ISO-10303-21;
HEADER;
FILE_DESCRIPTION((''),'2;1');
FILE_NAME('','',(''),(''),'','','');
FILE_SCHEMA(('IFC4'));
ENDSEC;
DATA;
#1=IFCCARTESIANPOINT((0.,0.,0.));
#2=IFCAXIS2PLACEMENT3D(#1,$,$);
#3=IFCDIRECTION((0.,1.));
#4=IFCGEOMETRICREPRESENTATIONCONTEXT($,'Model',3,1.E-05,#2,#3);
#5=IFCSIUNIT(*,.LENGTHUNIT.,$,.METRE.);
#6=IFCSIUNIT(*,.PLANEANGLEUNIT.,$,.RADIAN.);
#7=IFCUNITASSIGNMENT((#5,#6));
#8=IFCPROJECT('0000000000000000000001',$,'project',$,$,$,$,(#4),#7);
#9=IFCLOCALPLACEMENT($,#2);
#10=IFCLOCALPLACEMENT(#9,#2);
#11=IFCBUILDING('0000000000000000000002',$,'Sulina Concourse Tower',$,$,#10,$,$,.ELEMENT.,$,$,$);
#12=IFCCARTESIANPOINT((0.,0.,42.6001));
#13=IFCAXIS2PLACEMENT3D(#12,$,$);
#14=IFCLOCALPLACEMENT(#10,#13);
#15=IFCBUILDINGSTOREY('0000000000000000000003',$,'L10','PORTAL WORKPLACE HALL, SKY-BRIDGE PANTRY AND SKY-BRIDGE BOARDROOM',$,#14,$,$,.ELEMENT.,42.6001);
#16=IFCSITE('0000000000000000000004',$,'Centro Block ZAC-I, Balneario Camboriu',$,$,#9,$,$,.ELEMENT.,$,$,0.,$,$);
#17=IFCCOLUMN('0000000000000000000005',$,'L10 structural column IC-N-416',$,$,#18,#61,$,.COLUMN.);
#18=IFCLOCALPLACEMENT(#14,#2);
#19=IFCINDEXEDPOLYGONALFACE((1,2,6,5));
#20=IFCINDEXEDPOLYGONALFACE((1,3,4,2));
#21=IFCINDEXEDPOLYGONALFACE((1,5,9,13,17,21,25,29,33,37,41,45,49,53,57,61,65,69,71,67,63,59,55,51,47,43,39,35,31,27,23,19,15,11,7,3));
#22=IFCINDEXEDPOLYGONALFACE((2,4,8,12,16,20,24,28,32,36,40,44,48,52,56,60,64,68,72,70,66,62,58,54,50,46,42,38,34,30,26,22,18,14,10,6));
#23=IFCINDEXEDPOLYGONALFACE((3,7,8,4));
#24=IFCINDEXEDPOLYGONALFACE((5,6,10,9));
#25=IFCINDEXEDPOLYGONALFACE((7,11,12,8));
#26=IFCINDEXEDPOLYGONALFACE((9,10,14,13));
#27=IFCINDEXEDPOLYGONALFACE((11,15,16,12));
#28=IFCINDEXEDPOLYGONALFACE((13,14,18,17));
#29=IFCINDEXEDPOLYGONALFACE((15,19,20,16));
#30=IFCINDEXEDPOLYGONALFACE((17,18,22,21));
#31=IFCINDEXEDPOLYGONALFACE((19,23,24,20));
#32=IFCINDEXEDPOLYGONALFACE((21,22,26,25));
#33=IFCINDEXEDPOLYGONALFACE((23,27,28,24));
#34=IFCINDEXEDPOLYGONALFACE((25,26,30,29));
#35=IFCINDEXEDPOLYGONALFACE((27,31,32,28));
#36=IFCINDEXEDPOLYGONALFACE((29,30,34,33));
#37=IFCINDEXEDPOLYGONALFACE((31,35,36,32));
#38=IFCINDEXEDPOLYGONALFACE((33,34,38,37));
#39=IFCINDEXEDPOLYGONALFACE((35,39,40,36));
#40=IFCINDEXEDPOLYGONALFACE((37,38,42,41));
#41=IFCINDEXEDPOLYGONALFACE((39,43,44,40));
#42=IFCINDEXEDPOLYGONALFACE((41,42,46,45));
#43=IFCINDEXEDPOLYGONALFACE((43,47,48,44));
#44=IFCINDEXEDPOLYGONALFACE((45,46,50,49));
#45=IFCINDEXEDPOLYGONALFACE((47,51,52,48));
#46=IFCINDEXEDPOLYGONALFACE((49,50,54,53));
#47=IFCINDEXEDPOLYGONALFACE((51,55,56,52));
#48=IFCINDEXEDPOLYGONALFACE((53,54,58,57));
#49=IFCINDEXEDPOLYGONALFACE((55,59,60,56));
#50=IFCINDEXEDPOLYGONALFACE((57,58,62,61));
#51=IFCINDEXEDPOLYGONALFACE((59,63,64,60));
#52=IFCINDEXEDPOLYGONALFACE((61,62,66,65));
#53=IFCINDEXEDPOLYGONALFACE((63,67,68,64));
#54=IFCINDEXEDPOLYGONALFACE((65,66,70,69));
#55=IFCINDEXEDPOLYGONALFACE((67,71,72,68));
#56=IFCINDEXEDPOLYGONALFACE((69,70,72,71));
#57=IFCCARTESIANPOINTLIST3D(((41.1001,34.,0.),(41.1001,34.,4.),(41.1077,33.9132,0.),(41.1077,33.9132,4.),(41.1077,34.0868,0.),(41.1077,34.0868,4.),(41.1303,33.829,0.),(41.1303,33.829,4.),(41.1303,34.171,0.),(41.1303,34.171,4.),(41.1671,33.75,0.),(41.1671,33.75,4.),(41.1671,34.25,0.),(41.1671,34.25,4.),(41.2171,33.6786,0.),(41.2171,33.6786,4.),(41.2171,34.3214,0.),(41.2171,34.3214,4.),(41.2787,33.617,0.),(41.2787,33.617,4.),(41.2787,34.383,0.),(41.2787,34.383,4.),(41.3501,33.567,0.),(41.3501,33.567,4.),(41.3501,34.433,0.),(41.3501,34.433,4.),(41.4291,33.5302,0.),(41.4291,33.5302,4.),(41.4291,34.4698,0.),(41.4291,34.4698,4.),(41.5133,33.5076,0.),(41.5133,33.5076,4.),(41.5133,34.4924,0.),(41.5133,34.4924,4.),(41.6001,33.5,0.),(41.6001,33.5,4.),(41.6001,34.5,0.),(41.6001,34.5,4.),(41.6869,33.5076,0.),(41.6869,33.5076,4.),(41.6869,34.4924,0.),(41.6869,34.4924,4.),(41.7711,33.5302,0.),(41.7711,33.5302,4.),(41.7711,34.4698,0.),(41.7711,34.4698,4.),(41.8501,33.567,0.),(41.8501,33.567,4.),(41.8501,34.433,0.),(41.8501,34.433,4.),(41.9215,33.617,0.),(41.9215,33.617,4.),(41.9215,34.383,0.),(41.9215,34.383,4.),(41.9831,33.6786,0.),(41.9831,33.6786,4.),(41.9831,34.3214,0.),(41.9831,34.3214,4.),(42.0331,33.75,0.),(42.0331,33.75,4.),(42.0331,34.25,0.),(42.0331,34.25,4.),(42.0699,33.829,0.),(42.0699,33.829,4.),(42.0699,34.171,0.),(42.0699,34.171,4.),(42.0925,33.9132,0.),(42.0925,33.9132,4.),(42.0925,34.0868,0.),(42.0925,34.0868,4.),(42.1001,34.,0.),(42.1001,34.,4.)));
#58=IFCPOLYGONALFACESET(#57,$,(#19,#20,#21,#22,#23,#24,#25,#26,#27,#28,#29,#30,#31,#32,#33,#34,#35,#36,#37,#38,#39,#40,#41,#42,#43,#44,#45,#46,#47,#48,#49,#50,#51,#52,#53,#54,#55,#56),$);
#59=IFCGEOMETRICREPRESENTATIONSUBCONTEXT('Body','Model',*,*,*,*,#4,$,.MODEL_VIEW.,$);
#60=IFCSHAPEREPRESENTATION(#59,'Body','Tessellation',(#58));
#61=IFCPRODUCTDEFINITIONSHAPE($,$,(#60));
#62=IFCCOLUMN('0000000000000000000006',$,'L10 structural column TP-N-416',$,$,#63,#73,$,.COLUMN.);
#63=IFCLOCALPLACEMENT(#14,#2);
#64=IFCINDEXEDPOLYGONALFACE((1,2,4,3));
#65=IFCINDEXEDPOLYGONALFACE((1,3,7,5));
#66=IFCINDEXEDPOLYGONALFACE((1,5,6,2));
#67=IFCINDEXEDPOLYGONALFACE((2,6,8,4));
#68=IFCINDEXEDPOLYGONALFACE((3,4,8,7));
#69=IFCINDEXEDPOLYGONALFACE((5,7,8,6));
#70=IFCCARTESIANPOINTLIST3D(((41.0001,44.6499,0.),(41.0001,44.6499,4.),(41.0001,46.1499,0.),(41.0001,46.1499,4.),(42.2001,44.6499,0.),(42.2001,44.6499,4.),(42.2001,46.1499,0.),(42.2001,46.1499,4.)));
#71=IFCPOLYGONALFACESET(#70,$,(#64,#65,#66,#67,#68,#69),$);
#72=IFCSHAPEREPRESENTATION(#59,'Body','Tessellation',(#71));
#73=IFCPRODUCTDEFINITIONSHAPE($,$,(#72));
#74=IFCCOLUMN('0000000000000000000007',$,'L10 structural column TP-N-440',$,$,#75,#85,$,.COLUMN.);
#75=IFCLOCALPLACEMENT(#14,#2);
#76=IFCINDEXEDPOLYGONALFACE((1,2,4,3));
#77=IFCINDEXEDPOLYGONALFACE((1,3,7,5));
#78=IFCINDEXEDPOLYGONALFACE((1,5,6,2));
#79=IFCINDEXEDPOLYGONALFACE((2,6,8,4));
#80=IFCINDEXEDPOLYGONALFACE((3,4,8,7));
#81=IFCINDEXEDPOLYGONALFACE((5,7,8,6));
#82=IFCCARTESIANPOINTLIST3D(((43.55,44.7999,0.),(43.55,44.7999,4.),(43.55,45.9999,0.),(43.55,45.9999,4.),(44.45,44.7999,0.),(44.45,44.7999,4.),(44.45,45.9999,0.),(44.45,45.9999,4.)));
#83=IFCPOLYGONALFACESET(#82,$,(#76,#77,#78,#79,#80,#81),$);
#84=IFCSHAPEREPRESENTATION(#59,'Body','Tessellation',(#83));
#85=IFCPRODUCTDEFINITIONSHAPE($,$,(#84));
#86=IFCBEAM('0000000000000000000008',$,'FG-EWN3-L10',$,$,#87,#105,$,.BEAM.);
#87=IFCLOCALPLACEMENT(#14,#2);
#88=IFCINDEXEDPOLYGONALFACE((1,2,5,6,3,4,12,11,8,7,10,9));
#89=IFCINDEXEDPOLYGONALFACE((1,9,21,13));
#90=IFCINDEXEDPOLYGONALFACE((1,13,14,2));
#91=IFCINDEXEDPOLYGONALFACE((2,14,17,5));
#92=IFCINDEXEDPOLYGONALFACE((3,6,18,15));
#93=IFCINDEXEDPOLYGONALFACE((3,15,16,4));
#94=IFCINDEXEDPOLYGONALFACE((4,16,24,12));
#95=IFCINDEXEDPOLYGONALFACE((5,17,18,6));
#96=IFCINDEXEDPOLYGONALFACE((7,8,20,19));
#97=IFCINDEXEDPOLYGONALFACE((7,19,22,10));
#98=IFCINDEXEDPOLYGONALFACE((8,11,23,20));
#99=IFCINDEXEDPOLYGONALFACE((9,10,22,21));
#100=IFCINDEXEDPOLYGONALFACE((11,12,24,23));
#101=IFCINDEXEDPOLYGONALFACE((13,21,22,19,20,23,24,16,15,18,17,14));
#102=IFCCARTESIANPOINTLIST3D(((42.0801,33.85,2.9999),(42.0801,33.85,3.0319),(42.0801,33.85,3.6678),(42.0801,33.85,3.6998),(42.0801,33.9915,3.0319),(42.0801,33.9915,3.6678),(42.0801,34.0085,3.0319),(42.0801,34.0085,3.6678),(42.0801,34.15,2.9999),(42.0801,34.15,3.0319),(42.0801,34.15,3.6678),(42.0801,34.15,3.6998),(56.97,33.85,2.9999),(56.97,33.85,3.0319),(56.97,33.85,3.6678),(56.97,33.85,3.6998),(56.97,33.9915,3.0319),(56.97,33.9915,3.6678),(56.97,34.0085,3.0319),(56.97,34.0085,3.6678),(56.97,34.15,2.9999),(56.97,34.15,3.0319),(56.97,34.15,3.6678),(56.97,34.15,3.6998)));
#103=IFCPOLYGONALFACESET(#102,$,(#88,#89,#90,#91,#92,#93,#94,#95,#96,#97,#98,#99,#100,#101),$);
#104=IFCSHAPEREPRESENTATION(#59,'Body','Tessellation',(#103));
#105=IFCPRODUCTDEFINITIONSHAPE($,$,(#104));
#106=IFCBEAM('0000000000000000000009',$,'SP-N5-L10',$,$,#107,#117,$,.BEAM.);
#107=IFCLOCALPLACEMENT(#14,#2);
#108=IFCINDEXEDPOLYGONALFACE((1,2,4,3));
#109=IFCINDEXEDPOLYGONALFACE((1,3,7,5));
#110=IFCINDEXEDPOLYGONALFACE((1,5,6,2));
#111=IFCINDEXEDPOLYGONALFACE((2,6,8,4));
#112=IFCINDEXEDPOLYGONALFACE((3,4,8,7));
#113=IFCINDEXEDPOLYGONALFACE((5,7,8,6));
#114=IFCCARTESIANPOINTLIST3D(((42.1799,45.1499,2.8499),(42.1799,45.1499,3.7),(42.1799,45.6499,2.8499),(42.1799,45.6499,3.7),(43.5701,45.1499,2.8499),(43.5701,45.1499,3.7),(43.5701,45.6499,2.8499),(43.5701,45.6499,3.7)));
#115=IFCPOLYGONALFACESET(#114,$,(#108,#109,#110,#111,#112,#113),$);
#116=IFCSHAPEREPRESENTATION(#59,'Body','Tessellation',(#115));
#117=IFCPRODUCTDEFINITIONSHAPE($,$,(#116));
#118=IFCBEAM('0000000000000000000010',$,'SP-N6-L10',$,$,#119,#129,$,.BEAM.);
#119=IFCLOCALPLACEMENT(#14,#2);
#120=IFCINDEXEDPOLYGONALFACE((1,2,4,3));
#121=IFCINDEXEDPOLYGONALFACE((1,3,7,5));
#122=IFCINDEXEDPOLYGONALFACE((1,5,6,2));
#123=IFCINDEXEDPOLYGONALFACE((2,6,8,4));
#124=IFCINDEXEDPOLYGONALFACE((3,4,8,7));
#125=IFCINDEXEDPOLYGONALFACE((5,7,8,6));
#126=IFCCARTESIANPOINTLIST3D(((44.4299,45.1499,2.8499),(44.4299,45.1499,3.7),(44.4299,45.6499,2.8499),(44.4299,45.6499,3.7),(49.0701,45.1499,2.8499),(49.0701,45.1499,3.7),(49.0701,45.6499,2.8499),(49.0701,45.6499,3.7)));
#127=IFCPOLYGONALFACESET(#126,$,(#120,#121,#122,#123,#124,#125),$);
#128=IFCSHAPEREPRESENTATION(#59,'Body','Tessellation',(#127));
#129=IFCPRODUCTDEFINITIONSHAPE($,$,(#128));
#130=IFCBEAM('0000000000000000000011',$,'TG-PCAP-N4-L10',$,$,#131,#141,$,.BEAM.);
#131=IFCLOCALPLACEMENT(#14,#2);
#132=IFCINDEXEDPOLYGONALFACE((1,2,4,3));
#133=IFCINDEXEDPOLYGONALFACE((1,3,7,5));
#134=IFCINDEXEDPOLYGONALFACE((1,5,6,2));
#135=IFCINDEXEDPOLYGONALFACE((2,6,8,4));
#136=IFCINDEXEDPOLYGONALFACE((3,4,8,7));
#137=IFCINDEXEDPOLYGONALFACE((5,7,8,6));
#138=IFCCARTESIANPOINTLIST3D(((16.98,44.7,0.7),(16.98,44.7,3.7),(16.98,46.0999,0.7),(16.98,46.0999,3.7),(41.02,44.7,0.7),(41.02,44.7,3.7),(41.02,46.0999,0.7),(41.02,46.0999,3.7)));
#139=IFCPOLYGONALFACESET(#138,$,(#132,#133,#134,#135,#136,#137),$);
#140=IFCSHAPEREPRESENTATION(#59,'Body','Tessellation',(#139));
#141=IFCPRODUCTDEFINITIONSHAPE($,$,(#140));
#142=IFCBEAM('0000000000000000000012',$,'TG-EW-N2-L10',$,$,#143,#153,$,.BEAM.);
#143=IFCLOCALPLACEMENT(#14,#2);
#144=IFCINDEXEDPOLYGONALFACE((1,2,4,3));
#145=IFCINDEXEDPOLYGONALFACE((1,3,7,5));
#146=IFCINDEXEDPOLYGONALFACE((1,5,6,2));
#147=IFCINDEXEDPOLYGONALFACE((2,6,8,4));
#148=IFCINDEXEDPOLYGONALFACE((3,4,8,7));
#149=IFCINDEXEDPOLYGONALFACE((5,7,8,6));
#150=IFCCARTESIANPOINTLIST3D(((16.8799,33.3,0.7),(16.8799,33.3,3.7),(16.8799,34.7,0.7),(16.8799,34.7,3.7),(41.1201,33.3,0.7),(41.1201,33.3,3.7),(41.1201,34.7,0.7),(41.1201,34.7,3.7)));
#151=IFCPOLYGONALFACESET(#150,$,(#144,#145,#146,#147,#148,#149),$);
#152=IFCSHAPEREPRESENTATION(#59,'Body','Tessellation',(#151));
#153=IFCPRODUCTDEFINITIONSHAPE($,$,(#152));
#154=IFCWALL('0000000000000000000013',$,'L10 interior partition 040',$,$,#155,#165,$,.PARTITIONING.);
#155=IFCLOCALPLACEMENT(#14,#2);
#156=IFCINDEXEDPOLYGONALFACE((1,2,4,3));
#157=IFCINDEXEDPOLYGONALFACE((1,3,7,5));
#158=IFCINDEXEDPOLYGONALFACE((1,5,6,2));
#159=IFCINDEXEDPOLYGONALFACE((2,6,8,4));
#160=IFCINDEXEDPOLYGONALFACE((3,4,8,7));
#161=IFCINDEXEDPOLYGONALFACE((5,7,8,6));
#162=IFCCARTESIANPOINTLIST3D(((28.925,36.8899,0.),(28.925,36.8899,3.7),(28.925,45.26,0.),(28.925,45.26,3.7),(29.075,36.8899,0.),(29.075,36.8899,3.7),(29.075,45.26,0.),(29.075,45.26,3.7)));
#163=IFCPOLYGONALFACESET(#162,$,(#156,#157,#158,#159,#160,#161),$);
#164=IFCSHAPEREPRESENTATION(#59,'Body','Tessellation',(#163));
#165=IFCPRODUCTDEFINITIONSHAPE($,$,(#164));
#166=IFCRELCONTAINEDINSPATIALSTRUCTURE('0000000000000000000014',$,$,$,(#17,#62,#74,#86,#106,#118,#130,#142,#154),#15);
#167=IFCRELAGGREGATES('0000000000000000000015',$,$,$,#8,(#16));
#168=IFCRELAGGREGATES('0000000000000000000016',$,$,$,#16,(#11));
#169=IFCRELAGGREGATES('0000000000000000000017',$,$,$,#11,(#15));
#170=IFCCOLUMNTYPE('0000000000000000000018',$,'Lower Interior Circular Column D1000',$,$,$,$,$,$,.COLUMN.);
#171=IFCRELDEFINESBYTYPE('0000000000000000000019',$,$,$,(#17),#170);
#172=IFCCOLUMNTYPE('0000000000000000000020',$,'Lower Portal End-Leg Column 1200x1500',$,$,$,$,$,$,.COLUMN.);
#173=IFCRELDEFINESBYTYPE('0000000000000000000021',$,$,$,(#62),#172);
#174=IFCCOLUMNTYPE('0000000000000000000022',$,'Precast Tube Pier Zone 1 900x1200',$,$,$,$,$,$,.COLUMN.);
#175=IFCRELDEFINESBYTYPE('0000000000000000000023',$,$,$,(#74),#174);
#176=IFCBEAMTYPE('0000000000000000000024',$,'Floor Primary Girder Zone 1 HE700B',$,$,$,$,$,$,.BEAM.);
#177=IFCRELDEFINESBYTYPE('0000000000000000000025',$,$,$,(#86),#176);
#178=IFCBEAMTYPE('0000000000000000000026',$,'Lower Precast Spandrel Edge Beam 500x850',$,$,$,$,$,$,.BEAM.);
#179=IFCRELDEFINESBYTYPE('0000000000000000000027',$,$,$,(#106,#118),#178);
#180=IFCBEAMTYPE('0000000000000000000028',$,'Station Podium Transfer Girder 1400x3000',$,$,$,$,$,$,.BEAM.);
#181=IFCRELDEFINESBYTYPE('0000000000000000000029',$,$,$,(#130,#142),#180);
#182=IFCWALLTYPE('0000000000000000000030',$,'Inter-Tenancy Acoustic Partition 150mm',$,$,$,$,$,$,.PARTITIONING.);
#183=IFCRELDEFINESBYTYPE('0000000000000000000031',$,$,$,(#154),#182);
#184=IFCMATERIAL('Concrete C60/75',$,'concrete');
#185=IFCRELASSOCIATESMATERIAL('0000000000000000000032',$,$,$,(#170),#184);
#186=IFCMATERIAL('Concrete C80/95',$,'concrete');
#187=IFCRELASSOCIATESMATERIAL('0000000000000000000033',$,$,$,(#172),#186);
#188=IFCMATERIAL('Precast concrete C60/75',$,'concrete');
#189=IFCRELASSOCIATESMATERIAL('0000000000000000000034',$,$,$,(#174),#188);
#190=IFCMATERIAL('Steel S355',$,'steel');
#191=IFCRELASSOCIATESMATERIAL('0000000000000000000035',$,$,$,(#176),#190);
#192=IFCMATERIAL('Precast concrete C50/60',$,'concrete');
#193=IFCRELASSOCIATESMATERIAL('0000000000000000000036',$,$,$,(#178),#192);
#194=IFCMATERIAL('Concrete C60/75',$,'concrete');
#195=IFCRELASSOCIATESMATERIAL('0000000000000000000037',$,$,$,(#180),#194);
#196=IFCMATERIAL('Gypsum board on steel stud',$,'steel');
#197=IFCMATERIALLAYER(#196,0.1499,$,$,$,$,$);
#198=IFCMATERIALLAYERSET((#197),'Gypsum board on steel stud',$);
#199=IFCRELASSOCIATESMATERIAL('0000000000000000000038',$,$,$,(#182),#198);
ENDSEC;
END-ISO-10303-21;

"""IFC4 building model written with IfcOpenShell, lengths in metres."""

from ifc_helpers import new_model, si_unit, direction, frame, frame_2d, origin, origin_2d, place, context, subcontext, project, spatial, rectangle, circle, i_section, extrude, material, layer, layer_set, material_profile, profile_set, type_object, element, save


model = new_model("IFC4")

# Units and contexts
model_context = context("Model", 3, precision=1e-05, world=origin(), true_north=direction((0.0, 1.0)))
body_context = subcontext(model_context, "Body", "Model", "MODEL_VIEW")
ifc_project = project(units=[si_unit("LENGTHUNIT", "METRE"), si_unit("PLANEANGLEUNIT", "RADIAN")], contexts=[model_context])

# Site, building, storey
site_placement = place(None, origin())
site = spatial("IfcSite", under=ifc_project, at=site_placement, Name="Centro Block ZAC-I, Balneario Camboriu", CompositionType="ELEMENT", RefElevation=0.0)
building_placement = place(site_placement, origin())
building = spatial("IfcBuilding", under=site, at=building_placement, Name="Sulina Concourse Tower", CompositionType="ELEMENT")
storey_placement = place(building_placement, frame((0.0, 0.0, 42.6001)))
storey = spatial("IfcBuildingStorey", under=building, at=storey_placement, Name="L10", Description="PORTAL WORKPLACE HALL, SKY-BRIDGE PANTRY AND SKY-BRIDGE BOARDROOM", CompositionType="ELEMENT", Elevation=42.6001)

# Columns
ifc_material_1 = material(Name="Concrete C60/75", Category="concrete")
ifc_material_profile_1 = material_profile(ifc_material_1, circle(Radius=0.5, at=origin_2d()), Name="RC D1000")
ifc_profile_set_1 = profile_set([ifc_material_profile_1], Name="Concrete C60/75")
column_type_1 = type_object("IfcColumnType", Name="Lower Interior Circular Column D1000", PredefinedType="COLUMN", material=ifc_profile_set_1)
column_1_placement = place(storey_placement, frame((41.6001, 34.0, 0.0), z_axis=(0.0, 0.0, 1.0), x_axis=(1.0, 0.0, 0.0)))
element("IfcColumn", 1, at=column_1_placement, inside=storey, type_object=column_type_1, Name="L10 structural column IC-N-416", PredefinedType="COLUMN", context=body_context, shape_type="SweptSolid", body=[
    extrude(circle(Radius=0.5, at=origin_2d()), origin(), (0.0, 0.0, 1.0), 4.0),
])
ifc_material_2 = material(Name="Concrete C80/95", Category="concrete")
ifc_material_profile_2 = material_profile(ifc_material_2, rectangle(XDim=1.2, YDim=1.5, at=origin_2d()), Name="RC 1200x1500")
ifc_profile_set_2 = profile_set([ifc_material_profile_2], Name="Concrete C80/95")
column_type_2 = type_object("IfcColumnType", Name="Lower Portal End-Leg Column 1200x1500", PredefinedType="COLUMN", material=ifc_profile_set_2)
column_2_placement = place(storey_placement, frame((41.6001, 45.3999, 0.0), z_axis=(0.0, 0.0, 1.0), x_axis=(1.0, 0.0, 0.0)))
element("IfcColumn", 2, at=column_2_placement, inside=storey, type_object=column_type_2, Name="L10 structural column TP-N-416", PredefinedType="COLUMN", context=body_context, shape_type="SweptSolid", body=[
    extrude(rectangle(XDim=1.2, YDim=1.5, at=origin_2d()), origin(), (0.0, 0.0, 1.0), 4.0),
])
ifc_material_3 = material(Name="Precast concrete C60/75", Category="concrete")
ifc_material_profile_3 = material_profile(ifc_material_3, rectangle(XDim=0.8999, YDim=1.2, at=origin_2d()), Name="PC 900x1200")
ifc_profile_set_3 = profile_set([ifc_material_profile_3], Name="Precast concrete C60/75")
column_type_3 = type_object("IfcColumnType", Name="Precast Tube Pier Zone 1 900x1200", PredefinedType="COLUMN", material=ifc_profile_set_3)
column_3_placement = place(storey_placement, frame((44.0, 45.3999, 0.0), z_axis=(0.0, 0.0, 1.0), x_axis=(1.0, 0.0, 0.0)))
element("IfcColumn", 3, at=column_3_placement, inside=storey, type_object=column_type_3, Name="L10 structural column TP-N-440", PredefinedType="COLUMN", context=body_context, shape_type="SweptSolid", body=[
    extrude(rectangle(XDim=0.8999, YDim=1.2, at=origin_2d()), origin(), (0.0, 0.0, 1.0), 4.0),
])

# Beams
ifc_material_4 = material(Name="Steel S355", Category="steel")
ifc_material_profile_4 = material_profile(ifc_material_4, i_section(OverallWidth=0.3, OverallDepth=0.7, WebThickness=0.0171, FlangeThickness=0.032, at=origin_2d()), Name="HE 700 B")
ifc_profile_set_4 = profile_set([ifc_material_profile_4], Name="Steel S355")
beam_type_1 = type_object("IfcBeamType", Name="Floor Primary Girder Zone 1 HE700B", PredefinedType="BEAM", material=ifc_profile_set_4)
beam_1_placement = place(storey_placement, frame((42.0801, 34.0, 3.3499), z_axis=(1.0, 0.0, 0.0), x_axis=(0.0, 1.0, 0.0)))
element("IfcBeam", 4, at=beam_1_placement, inside=storey, type_object=beam_type_1, Name="FG-EWN3-L10", PredefinedType="BEAM", context=body_context, shape_type="SweptSolid", body=[
    extrude(i_section(OverallWidth=0.3, OverallDepth=0.7, WebThickness=0.0171, FlangeThickness=0.032, at=origin_2d()), origin(), (0.0, 0.0, 1.0), 14.8899),
])
ifc_material_5 = material(Name="Precast concrete C50/60", Category="concrete")
ifc_material_profile_5 = material_profile(ifc_material_5, rectangle(XDim=0.5, YDim=0.8501, at=origin_2d()), Name="RC 500x850")
ifc_profile_set_5 = profile_set([ifc_material_profile_5], Name="Precast concrete C50/60")
beam_type_2 = type_object("IfcBeamType", Name="Lower Precast Spandrel Edge Beam 500x850", PredefinedType="BEAM", material=ifc_profile_set_5)
beam_2_placement = place(storey_placement, frame((42.1799, 45.3999, 3.2749), z_axis=(1.0, 0.0, 0.0), x_axis=(0.0, 1.0, 0.0)))
element("IfcBeam", 5, at=beam_2_placement, inside=storey, type_object=beam_type_2, Name="SP-N5-L10", PredefinedType="BEAM", context=body_context, shape_type="SweptSolid", body=[
    extrude(rectangle(XDim=0.5, YDim=0.8501, at=origin_2d()), origin(), (0.0, 0.0, 1.0), 1.3901),
])
beam_3_placement = place(storey_placement, frame((44.4299, 45.3999, 3.2749), z_axis=(1.0, 0.0, 0.0), x_axis=(0.0, 1.0, 0.0)))
element("IfcBeam", 6, at=beam_3_placement, inside=storey, type_object=beam_type_2, Name="SP-N6-L10", PredefinedType="BEAM", context=body_context, shape_type="SweptSolid", body=[
    extrude(rectangle(XDim=0.5, YDim=0.8501, at=origin_2d()), origin(), (0.0, 0.0, 1.0), 4.6401),
])
ifc_material_6 = material(Name="Concrete C60/75", Category="concrete")
ifc_material_profile_6 = material_profile(ifc_material_6, rectangle(XDim=1.3999, YDim=3.0, at=origin_2d()), Name="RC 1400x3000")
ifc_profile_set_6 = profile_set([ifc_material_profile_6], Name="Concrete C60/75")
beam_type_3 = type_object("IfcBeamType", Name="Station Podium Transfer Girder 1400x3000", PredefinedType="BEAM", material=ifc_profile_set_6)
beam_4_placement = place(storey_placement, frame((16.98, 45.3999, 2.2), z_axis=(1.0, 0.0, 0.0), x_axis=(0.0, 1.0, 0.0)))
element("IfcBeam", 7, at=beam_4_placement, inside=storey, type_object=beam_type_3, Name="TG-PCAP-N4-L10", PredefinedType="BEAM", context=body_context, shape_type="SweptSolid", body=[
    extrude(rectangle(XDim=1.3999, YDim=3.0, at=origin_2d()), origin(), (0.0, 0.0, 1.0), 24.04),
])
beam_5_placement = place(storey_placement, frame((16.8799, 34.0, 2.2), z_axis=(1.0, 0.0, 0.0), x_axis=(0.0, 1.0, 0.0)))
element("IfcBeam", 8, at=beam_5_placement, inside=storey, type_object=beam_type_3, Name="TG-EW-N2-L10", PredefinedType="BEAM", context=body_context, shape_type="SweptSolid", body=[
    extrude(rectangle(XDim=1.3999, YDim=3.0, at=origin_2d()), origin(), (0.0, 0.0, 1.0), 24.2402),
])

# Shared definitions
ifc_material_7 = material(Name="Gypsum board on steel stud", Category="steel")
ifc_layer_1 = layer(ifc_material_7, 0.1499)
ifc_layer_set_1 = layer_set([ifc_layer_1], Name="Gypsum board on steel stud")
wall_type_1 = type_object("IfcWallType", Name="Inter-Tenancy Acoustic Partition 150mm", PredefinedType="PARTITIONING", material=ifc_layer_set_1)

# Wall
wall_1_placement = place(storey_placement, frame((29.0, 36.8899, 0.0), z_axis=(0.0, 0.0, 1.0), x_axis=(0.0, 1.0, 0.0)))
element("IfcWall", 9, at=wall_1_placement, inside=storey, type_object=wall_type_1, Name="L10 interior partition 040", PredefinedType="PARTITIONING", context=body_context, shape_type="SweptSolid", body=[
    extrude(rectangle(XDim=8.3701, YDim=0.1499, at=frame_2d((4.1851, 0.0))), origin(), (0.0, 0.0, 1.0), 3.7),
])

save(model, "model.ifc")
